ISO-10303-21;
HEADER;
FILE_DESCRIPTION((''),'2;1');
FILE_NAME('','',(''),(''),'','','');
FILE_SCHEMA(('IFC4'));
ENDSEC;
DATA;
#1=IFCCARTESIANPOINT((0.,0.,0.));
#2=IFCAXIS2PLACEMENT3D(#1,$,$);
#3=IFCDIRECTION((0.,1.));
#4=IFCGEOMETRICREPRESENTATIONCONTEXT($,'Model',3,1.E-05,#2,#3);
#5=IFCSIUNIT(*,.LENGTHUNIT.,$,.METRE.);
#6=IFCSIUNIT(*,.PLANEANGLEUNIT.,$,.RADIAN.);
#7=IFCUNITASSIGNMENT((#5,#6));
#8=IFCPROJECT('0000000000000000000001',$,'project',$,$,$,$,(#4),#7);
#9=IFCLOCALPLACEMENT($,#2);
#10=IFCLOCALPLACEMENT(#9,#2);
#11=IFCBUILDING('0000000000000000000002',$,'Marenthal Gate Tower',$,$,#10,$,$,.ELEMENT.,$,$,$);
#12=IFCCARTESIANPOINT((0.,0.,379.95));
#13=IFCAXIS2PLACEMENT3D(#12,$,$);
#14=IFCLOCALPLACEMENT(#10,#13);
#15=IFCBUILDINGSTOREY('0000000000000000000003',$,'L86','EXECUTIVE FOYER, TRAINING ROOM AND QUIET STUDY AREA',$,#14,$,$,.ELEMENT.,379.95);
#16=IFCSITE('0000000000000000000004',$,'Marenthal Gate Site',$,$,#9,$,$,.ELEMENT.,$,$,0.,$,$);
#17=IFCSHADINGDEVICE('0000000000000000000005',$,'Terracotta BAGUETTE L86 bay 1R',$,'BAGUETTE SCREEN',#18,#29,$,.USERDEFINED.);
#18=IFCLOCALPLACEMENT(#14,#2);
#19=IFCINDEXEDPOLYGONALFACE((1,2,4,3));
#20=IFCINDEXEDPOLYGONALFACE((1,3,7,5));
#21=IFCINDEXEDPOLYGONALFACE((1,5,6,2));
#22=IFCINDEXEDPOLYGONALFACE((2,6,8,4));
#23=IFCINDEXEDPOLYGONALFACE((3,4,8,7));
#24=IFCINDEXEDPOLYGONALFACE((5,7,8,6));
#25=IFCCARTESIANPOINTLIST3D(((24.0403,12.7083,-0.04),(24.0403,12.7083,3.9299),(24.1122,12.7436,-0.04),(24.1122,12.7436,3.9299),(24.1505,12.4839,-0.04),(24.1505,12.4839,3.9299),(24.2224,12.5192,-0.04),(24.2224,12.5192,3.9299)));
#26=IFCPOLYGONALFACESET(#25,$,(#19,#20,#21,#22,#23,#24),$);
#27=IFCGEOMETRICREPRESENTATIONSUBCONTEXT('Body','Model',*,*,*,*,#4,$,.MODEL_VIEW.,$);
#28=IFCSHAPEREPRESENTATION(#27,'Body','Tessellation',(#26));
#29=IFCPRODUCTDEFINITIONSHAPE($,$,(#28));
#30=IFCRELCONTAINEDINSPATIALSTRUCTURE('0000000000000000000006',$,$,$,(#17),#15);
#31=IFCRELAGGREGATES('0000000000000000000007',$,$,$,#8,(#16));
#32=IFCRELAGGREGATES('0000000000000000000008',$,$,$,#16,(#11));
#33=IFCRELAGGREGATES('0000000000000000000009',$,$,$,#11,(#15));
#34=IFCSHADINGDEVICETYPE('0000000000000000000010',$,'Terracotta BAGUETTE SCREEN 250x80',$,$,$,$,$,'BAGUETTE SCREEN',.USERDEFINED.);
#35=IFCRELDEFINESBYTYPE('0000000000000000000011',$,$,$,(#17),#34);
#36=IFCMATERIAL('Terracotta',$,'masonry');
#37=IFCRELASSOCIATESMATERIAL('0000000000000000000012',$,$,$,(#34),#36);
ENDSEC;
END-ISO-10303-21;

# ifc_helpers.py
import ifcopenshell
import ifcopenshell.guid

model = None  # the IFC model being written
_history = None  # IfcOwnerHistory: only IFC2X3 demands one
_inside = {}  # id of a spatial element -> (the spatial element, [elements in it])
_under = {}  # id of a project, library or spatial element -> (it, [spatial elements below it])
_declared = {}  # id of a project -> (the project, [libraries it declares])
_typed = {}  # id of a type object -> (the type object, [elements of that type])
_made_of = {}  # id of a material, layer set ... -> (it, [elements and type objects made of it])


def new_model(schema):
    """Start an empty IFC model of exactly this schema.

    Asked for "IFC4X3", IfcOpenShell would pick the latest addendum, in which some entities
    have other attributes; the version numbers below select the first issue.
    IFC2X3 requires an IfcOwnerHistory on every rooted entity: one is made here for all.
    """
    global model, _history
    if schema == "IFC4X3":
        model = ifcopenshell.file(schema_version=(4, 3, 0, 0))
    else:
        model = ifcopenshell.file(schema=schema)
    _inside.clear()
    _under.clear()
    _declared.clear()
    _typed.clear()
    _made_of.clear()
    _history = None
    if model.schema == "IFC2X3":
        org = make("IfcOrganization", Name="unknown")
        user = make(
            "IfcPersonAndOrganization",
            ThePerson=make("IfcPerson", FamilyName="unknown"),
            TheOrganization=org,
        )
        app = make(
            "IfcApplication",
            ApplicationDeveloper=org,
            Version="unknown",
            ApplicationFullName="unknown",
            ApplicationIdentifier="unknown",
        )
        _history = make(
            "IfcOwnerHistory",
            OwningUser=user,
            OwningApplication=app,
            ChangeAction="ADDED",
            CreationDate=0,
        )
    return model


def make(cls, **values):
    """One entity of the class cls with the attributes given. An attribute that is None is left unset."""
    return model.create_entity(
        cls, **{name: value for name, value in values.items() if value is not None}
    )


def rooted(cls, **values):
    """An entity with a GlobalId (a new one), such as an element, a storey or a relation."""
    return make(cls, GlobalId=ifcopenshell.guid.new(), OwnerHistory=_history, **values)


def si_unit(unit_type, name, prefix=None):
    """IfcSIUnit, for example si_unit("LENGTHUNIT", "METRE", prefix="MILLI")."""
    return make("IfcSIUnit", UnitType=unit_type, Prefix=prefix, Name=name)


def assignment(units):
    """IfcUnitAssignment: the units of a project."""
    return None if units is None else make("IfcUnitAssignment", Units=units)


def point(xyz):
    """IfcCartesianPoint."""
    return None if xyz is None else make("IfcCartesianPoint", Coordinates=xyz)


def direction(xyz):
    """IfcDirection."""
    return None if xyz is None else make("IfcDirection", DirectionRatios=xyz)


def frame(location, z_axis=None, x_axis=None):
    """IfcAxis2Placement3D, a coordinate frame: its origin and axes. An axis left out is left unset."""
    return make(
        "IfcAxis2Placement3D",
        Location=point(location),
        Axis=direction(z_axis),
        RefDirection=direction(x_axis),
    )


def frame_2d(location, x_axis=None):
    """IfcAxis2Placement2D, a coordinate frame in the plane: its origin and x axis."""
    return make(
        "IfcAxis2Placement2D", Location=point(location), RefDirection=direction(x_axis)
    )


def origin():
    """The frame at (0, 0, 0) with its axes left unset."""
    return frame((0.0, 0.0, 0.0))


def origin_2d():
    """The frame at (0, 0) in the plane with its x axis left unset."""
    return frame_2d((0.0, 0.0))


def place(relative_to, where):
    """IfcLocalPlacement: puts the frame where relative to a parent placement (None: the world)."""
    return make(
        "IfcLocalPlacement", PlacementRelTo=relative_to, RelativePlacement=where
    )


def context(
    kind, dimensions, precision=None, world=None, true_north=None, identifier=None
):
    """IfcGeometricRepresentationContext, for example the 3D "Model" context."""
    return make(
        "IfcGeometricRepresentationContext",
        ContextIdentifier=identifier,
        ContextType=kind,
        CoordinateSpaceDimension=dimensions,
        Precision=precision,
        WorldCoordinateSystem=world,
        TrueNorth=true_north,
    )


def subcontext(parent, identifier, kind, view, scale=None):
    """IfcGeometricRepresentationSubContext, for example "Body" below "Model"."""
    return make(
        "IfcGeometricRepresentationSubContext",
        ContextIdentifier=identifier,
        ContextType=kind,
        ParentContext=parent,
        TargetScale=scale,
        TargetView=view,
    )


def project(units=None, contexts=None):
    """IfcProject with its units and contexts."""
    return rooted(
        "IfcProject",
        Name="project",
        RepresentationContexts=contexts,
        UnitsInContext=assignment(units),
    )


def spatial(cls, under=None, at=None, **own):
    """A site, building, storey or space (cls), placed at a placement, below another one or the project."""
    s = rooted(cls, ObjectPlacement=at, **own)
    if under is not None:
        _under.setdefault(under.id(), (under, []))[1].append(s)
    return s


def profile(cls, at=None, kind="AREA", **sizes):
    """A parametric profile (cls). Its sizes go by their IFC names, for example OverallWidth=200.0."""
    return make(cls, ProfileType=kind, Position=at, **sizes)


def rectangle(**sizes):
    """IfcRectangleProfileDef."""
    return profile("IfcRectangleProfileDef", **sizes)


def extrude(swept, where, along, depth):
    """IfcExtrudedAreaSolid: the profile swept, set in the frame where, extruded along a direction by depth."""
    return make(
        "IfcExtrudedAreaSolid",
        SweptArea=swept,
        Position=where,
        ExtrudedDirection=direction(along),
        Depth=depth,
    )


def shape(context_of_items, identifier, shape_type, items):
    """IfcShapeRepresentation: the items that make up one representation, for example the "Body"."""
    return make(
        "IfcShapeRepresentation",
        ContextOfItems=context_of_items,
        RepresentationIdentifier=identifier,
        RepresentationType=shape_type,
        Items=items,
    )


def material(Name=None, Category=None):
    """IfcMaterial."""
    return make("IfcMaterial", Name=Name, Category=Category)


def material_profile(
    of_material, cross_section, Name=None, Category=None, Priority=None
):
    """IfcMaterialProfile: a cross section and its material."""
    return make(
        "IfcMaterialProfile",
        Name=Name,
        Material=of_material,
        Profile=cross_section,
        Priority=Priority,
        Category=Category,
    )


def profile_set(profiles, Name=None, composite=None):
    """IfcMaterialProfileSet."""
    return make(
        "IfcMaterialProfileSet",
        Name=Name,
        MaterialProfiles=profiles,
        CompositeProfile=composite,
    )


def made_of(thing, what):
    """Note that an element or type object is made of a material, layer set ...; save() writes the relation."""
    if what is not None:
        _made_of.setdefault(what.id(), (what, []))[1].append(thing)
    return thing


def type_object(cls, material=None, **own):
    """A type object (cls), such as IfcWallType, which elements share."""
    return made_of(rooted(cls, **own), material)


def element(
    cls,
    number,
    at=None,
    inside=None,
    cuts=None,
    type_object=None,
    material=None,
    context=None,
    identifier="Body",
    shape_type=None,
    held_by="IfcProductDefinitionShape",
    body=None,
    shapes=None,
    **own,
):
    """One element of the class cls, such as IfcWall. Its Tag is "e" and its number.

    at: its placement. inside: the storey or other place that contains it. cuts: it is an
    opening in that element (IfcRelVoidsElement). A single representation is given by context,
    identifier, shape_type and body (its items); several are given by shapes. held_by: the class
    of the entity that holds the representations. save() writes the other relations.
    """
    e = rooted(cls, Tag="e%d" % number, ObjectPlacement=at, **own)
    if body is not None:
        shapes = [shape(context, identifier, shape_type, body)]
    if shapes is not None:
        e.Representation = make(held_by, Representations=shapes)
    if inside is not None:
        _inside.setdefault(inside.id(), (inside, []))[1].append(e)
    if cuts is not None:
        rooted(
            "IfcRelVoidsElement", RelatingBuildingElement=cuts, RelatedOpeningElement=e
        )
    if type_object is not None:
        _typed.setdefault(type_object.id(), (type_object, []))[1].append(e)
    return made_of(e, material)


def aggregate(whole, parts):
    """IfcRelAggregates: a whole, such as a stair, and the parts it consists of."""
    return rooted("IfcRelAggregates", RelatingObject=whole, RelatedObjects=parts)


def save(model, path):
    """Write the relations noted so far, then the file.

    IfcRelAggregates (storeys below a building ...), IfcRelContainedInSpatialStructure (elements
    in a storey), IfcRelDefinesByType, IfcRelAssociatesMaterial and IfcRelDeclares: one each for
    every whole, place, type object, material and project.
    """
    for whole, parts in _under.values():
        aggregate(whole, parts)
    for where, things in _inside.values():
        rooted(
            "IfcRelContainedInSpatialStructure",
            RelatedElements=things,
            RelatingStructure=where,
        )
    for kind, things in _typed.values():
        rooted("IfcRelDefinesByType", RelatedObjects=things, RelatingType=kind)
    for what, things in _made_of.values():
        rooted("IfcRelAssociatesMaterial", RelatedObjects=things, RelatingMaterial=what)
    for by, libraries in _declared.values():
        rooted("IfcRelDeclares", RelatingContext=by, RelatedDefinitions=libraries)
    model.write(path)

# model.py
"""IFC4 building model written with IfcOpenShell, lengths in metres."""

from ifc_helpers import new_model, si_unit, direction, frame, origin, origin_2d, place, context, subcontext, project, spatial, rectangle, extrude, material, material_profile, profile_set, type_object, element, save


model = new_model("IFC4")

# Units and contexts
model_context = context("Model", 3, precision=1e-05, world=origin(), true_north=direction((0.0, 1.0)))
body_context = subcontext(model_context, "Body", "Model", "MODEL_VIEW")
ifc_project = project(units=[si_unit("LENGTHUNIT", "METRE"), si_unit("PLANEANGLEUNIT", "RADIAN")], contexts=[model_context])

# Site, building, storey
site_placement = place(None, origin())
site = spatial("IfcSite", under=ifc_project, at=site_placement, Name="Marenthal Gate Site", CompositionType="ELEMENT", RefElevation=0.0)
building_placement = place(site_placement, origin())
building = spatial("IfcBuilding", under=site, at=building_placement, Name="Marenthal Gate Tower", CompositionType="ELEMENT")
storey_placement = place(building_placement, frame((0.0, 0.0, 379.95)))
storey = spatial("IfcBuildingStorey", under=building, at=storey_placement, Name="L86", Description="EXECUTIVE FOYER, TRAINING ROOM AND QUIET STUDY AREA", CompositionType="ELEMENT", Elevation=379.95)

# Shading device
ifc_material_1 = material(Name="Terracotta", Category="masonry")
ifc_material_profile_1 = material_profile(ifc_material_1, rectangle(XDim=0.25, YDim=0.0801, at=origin_2d()), Name="Terracotta baguette 250x80")
ifc_profile_set_1 = profile_set([ifc_material_profile_1], Name="Terracotta")
shading_device_type = type_object("IfcShadingDeviceType", Name="Terracotta BAGUETTE SCREEN 250x80", ElementType="BAGUETTE SCREEN", PredefinedType="USERDEFINED", material=ifc_profile_set_1)
shading_device_placement = place(storey_placement, frame((24.1313, 12.6138, -0.04), z_axis=(0.0, 0.0, 1.0), x_axis=(-0.440939, 0.897537, 0.0)))
element("IfcShadingDevice", 1, at=shading_device_placement, inside=storey, type_object=shading_device_type, Name="Terracotta BAGUETTE L86 bay 1R", ObjectType="BAGUETTE SCREEN", PredefinedType="USERDEFINED", context=body_context, shape_type="SweptSolid", body=[
    extrude(rectangle(XDim=0.25, YDim=0.0801, at=origin_2d()), origin(), (0.0, 0.0, 1.0), 3.97),
])

save(model, "model.ifc")
